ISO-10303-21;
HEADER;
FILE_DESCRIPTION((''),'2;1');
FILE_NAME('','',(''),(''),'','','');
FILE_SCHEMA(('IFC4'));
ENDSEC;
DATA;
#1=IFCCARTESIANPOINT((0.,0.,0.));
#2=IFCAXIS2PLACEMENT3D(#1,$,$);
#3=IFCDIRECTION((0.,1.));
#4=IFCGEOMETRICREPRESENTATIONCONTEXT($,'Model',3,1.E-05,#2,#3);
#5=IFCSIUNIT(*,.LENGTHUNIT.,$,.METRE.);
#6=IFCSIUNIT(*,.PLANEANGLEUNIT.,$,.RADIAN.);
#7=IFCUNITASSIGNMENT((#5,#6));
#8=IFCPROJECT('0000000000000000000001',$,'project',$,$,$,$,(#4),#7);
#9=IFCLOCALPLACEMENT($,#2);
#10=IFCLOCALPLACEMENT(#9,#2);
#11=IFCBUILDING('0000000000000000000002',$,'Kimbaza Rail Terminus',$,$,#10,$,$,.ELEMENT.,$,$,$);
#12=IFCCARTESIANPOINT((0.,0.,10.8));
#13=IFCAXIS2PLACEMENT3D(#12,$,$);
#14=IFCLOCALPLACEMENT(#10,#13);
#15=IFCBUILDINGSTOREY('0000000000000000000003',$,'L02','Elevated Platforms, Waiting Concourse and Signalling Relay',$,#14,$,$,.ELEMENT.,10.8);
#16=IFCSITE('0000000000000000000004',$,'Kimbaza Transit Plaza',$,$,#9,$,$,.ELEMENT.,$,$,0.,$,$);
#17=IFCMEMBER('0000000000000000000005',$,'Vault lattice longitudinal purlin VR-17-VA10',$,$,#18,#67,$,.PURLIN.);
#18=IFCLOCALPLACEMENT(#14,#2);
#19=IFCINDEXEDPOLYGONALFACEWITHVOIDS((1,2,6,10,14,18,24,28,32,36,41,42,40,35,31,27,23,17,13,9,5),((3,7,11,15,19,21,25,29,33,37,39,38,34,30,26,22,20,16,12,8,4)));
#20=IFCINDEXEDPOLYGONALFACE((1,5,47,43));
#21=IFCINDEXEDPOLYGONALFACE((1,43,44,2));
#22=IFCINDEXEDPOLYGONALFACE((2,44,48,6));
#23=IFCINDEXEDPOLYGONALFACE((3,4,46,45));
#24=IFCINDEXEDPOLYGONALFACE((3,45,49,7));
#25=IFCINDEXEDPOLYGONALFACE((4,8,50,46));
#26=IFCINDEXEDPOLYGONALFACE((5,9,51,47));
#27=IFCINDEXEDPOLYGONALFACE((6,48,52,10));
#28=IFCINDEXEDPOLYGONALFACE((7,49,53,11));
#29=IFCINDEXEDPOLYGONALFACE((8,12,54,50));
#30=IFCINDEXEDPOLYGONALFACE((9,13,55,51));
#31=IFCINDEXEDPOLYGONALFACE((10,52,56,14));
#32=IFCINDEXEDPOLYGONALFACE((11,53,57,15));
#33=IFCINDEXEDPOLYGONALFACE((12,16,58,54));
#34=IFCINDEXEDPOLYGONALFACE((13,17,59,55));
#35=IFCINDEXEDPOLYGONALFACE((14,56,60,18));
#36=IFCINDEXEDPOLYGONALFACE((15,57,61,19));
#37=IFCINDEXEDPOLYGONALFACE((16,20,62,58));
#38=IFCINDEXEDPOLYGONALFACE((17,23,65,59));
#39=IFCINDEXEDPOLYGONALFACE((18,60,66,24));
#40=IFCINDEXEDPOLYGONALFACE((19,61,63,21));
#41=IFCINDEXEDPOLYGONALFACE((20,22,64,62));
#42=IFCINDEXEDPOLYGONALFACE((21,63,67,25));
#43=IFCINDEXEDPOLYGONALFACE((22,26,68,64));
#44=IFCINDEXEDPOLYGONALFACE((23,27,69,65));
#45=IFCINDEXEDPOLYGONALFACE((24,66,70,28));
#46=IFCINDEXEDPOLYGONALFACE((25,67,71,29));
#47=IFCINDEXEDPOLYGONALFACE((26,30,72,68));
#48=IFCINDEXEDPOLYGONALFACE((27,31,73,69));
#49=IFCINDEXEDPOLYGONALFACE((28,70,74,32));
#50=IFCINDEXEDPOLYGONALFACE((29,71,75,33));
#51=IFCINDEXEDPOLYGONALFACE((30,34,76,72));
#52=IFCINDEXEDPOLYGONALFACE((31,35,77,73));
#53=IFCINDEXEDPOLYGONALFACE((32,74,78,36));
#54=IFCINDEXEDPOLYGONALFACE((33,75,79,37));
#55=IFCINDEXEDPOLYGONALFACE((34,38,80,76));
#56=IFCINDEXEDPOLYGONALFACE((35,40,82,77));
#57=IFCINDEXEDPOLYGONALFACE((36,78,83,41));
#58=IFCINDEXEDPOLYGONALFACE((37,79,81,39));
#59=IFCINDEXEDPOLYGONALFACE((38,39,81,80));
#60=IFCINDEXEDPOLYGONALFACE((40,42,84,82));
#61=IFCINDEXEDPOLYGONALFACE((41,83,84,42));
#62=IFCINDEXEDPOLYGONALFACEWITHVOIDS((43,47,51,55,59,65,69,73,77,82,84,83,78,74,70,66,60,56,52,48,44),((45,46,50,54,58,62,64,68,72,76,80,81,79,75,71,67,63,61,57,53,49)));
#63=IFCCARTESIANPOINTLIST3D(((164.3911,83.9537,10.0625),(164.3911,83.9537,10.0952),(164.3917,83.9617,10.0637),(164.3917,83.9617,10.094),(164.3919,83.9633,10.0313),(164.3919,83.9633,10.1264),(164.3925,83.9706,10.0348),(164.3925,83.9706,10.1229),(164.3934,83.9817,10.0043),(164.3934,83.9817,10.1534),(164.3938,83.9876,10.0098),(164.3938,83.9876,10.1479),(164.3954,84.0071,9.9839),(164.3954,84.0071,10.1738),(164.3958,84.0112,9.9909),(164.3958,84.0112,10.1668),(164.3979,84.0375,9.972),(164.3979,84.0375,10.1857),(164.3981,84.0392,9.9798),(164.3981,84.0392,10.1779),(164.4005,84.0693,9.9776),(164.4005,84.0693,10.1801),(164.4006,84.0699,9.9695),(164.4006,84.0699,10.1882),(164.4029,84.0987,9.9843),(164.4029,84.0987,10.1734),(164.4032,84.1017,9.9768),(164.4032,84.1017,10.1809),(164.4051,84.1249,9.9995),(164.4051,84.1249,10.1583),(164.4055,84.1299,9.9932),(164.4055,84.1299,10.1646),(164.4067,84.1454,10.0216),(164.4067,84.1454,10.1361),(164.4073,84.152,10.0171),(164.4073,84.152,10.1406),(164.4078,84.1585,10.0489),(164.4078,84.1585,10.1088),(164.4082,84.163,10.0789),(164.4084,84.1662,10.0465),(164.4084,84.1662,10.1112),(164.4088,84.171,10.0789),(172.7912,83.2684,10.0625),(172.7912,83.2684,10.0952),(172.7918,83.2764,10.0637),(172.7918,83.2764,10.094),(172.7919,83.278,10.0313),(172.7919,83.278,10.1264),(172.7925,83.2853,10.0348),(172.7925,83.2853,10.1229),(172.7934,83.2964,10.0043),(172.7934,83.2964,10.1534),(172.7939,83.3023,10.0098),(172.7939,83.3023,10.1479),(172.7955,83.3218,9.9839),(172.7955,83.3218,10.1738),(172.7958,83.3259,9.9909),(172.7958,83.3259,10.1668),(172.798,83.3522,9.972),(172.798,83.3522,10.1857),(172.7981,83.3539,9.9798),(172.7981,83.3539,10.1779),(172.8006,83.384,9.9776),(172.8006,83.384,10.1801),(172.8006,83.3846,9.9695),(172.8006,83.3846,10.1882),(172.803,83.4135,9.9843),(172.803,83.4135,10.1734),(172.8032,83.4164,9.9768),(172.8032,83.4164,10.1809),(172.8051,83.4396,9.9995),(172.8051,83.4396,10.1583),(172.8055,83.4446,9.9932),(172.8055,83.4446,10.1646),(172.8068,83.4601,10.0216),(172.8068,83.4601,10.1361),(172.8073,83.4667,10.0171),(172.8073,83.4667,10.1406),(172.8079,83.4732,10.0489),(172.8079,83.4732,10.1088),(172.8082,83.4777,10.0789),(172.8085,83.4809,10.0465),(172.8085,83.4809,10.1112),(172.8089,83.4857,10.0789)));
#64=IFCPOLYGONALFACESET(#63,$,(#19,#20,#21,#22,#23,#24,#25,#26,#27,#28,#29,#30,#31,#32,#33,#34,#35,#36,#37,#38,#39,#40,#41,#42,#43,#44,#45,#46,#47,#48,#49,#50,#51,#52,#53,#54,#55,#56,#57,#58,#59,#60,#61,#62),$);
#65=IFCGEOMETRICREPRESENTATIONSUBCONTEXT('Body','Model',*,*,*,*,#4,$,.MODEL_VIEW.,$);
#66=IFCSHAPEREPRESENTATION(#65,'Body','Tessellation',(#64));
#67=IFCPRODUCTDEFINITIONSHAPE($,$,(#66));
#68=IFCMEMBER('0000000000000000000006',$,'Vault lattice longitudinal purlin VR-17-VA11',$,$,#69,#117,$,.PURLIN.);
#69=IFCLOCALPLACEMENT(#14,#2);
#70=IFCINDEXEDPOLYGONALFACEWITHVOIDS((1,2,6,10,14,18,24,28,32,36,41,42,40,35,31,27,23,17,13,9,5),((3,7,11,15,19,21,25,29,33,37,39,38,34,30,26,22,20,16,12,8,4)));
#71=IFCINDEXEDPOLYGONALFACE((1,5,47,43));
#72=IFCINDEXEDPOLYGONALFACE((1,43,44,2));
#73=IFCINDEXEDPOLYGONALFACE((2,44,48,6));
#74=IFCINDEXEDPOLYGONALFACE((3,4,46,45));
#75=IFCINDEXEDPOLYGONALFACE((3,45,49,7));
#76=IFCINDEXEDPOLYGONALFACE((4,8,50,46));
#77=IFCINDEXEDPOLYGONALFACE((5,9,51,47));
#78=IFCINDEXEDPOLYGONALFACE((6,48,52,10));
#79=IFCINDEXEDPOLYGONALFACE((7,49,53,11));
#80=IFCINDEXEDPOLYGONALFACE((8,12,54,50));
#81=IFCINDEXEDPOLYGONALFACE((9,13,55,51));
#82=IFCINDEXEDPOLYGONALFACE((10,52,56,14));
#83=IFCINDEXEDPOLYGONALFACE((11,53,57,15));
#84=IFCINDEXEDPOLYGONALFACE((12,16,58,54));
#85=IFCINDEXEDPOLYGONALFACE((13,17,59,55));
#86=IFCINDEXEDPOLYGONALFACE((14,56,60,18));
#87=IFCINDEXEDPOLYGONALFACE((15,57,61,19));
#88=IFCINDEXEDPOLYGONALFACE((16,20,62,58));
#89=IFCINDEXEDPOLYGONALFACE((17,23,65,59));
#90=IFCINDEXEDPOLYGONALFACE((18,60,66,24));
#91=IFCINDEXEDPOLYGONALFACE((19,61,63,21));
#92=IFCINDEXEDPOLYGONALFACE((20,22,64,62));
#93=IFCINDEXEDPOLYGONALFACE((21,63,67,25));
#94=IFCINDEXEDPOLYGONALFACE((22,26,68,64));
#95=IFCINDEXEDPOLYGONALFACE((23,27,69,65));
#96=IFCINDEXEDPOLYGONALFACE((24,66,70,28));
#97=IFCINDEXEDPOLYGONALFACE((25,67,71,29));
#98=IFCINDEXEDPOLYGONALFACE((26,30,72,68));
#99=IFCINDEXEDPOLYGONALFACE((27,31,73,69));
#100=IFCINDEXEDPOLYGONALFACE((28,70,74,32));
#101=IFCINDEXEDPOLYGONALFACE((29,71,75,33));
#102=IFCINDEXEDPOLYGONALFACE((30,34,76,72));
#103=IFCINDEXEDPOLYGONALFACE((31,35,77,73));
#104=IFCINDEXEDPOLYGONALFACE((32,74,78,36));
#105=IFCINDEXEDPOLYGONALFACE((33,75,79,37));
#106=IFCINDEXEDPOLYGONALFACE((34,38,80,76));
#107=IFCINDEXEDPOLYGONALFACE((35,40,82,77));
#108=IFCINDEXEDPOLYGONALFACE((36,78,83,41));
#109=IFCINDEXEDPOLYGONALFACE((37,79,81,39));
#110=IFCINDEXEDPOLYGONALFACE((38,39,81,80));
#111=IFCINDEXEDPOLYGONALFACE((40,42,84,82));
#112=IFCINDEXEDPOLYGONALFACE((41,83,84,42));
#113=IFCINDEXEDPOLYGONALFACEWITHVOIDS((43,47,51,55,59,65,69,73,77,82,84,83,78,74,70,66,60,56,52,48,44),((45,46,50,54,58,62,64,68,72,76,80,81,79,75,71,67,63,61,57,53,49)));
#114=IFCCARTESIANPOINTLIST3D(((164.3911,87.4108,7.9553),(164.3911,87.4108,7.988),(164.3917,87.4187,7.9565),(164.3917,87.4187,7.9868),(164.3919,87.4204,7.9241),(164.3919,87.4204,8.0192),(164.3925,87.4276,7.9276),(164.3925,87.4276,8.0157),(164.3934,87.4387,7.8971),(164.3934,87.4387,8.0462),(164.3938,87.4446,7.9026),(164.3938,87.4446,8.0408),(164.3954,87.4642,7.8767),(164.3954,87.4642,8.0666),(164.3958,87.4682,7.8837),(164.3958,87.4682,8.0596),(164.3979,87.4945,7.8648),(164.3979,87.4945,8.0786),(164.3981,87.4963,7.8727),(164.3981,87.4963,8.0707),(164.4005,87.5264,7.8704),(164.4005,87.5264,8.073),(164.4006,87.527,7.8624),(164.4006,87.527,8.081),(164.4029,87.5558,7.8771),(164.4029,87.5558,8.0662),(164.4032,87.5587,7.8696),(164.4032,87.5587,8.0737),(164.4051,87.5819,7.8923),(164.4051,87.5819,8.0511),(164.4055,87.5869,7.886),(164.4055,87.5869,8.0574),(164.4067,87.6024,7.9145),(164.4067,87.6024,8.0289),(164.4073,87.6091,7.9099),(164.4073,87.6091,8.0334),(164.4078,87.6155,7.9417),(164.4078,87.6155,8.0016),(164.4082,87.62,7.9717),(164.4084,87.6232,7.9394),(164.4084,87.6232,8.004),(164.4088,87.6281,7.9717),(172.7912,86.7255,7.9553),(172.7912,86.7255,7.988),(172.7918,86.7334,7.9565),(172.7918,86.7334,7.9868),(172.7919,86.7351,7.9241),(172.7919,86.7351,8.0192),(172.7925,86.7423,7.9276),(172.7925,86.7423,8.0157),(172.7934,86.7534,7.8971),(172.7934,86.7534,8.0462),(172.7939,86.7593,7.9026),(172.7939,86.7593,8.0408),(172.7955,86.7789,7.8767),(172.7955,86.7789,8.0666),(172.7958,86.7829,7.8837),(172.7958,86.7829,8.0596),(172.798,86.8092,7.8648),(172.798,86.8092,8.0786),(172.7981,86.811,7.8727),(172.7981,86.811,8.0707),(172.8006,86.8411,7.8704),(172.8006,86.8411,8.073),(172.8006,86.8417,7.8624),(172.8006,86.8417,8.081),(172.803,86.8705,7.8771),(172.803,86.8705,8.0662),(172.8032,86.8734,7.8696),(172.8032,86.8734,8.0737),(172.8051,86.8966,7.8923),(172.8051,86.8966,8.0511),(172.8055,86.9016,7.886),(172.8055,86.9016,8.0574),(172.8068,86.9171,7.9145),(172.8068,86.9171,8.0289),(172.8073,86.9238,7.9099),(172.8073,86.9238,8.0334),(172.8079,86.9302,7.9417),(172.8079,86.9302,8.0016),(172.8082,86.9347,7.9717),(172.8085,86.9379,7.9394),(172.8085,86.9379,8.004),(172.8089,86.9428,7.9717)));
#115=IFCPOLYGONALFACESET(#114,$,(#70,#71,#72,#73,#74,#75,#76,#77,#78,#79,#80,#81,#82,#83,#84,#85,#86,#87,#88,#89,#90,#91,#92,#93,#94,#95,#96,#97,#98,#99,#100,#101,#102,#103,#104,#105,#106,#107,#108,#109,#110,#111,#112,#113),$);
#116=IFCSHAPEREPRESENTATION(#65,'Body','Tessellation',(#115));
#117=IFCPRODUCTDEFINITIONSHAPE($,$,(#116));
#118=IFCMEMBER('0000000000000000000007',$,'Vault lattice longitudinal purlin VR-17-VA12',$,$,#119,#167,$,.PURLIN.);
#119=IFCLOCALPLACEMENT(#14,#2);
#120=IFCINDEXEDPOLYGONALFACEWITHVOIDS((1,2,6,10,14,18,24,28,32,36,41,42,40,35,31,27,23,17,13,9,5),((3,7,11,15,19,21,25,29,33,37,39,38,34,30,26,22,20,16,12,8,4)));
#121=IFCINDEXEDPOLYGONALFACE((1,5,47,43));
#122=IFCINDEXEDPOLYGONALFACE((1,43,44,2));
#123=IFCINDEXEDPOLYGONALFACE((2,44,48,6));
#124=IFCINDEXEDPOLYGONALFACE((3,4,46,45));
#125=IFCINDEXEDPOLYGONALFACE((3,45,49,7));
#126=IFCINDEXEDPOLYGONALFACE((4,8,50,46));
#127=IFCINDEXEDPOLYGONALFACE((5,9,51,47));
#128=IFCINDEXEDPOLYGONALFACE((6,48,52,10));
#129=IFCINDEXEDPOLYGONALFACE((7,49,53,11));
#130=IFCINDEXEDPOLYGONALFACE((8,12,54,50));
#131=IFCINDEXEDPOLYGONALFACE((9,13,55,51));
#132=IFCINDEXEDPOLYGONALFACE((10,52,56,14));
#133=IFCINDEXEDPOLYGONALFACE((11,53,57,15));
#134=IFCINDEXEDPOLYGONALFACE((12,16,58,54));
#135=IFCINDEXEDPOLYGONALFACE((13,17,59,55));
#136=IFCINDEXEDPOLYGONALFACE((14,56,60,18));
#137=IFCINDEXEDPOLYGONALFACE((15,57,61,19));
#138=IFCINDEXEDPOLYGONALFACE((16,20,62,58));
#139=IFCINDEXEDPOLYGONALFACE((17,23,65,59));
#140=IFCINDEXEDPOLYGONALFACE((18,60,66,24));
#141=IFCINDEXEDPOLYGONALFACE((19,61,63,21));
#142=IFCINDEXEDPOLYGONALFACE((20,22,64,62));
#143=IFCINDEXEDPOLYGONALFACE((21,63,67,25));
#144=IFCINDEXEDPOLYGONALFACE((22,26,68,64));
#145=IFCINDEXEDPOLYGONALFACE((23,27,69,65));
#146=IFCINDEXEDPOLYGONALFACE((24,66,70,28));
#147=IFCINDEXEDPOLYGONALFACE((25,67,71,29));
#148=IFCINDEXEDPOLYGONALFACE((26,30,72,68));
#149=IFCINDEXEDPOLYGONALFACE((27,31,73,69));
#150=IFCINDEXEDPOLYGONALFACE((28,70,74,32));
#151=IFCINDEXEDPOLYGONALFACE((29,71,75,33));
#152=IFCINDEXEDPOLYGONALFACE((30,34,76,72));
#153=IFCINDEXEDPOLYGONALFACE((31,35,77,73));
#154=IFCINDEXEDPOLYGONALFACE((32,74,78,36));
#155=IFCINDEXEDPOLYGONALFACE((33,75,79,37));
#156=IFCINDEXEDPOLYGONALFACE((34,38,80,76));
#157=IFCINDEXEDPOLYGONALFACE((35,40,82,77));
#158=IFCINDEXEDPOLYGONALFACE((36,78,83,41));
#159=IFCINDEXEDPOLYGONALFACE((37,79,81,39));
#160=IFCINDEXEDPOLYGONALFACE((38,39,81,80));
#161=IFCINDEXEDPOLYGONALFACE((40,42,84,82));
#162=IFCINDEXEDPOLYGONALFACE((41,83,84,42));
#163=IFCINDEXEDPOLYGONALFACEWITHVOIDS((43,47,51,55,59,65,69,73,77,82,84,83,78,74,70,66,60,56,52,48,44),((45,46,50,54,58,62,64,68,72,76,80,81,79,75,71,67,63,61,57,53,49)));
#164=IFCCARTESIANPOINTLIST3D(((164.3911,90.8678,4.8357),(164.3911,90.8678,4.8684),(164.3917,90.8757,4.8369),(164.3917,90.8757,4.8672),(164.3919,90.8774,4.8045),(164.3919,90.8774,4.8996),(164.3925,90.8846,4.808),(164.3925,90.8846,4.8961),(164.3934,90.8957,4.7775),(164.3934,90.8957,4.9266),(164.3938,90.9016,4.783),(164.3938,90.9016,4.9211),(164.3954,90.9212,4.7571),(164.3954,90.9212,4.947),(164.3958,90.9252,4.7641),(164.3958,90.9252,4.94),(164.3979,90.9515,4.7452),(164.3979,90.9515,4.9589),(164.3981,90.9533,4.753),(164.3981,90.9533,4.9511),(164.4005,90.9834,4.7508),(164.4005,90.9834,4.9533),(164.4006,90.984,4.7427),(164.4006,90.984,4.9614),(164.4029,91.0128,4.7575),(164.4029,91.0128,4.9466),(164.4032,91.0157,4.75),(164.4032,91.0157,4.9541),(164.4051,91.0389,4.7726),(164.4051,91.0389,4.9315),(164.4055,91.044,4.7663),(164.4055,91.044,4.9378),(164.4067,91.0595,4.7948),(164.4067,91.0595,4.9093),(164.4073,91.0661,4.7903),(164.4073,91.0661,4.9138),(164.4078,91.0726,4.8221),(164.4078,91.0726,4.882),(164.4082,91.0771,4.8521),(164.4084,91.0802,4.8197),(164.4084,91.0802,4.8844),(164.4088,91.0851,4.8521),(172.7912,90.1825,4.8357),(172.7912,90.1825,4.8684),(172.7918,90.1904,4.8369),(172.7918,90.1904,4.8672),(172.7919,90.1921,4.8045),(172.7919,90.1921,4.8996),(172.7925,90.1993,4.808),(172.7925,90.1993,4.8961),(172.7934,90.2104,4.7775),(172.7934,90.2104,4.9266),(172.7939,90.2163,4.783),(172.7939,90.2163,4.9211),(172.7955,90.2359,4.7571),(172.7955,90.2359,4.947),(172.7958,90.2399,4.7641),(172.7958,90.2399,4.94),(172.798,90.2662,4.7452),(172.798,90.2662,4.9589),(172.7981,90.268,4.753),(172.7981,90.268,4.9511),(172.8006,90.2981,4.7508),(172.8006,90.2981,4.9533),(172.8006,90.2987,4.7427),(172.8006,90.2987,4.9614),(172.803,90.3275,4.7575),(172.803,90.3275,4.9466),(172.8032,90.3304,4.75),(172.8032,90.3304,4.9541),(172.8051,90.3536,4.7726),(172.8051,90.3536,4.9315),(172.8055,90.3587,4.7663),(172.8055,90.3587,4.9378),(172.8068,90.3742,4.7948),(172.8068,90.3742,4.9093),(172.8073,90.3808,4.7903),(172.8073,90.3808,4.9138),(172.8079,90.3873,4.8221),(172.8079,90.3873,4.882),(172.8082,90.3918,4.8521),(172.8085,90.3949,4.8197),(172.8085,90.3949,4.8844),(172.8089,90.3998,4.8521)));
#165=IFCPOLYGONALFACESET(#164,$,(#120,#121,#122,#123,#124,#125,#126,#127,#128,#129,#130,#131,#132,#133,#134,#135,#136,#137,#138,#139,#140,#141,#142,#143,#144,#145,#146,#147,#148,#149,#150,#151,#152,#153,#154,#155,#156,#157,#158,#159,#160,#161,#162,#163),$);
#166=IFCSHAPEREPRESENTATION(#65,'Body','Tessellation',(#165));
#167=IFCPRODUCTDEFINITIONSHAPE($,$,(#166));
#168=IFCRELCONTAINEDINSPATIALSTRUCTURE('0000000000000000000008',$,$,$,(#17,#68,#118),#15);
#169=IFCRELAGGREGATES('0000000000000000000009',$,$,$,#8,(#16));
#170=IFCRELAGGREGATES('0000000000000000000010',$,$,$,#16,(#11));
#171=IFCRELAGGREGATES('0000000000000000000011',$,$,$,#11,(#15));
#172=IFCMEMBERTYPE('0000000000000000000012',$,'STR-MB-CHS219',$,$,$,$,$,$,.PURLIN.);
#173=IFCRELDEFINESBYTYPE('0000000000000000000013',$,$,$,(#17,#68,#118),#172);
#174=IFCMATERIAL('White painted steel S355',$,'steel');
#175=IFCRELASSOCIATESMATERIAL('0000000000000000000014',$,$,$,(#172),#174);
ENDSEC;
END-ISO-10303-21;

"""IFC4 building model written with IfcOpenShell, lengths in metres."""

from ifc_helpers import new_model, si_unit, direction, frame, origin, origin_2d, place, context, subcontext, project, spatial, hollow_circle, extrude, material, material_profile, profile_set, type_object, element, save


model = new_model("IFC4")

# Units and contexts
model_context = context("Model", 3, precision=1e-05, world=origin(), true_north=direction((0.0, 1.0)))
body_context = subcontext(model_context, "Body", "Model", "MODEL_VIEW")
ifc_project = project(units=[si_unit("LENGTHUNIT", "METRE"), si_unit("PLANEANGLEUNIT", "RADIAN")], contexts=[model_context])

# Site, building, storey
site_placement = place(None, origin())
site = spatial("IfcSite", under=ifc_project, at=site_placement, Name="Kimbaza Transit Plaza", CompositionType="ELEMENT", RefElevation=0.0)
building_placement = place(site_placement, origin())
building = spatial("IfcBuilding", under=site, at=building_placement, Name="Kimbaza Rail Terminus", CompositionType="ELEMENT")
storey_placement = place(building_placement, frame((0.0, 0.0, 10.8)))
storey = spatial("IfcBuildingStorey", under=building, at=storey_placement, Name="L02", Description="Elevated Platforms, Waiting Concourse and Signalling Relay", CompositionType="ELEMENT", Elevation=10.8)

# Members
ifc_material_1 = material(Name="White painted steel S355", Category="steel")
ifc_material_profile_1 = material_profile(ifc_material_1, hollow_circle(Radius=0.1096, WallThickness=0.0081, at=origin_2d()), Name="CHS 219.1x8")
ifc_profile_set_1 = profile_set([ifc_material_profile_1], Name="White painted steel S355")
member_type_1 = type_object("IfcMemberType", Name="STR-MB-CHS219", PredefinedType="PURLIN", material=ifc_profile_set_1)
for number, where, z_axis, x_axis, name in (
    (1, (164.3999, 84.0618, 10.0789), (0.996689, -0.081312, 0.0), (0.081312, 0.996689, 0.0), "Vault lattice longitudinal purlin VR-17-VA10"),
    (2, (164.3999, 87.5188, 7.9717), (0.996689, -0.081312, 0.0), (0.081312, 0.996689, 0.0), "Vault lattice longitudinal purlin VR-17-VA11"),
    (3, (164.3999, 90.9758, 4.8521), (0.996689, -0.081312, 0.0), (0.081312, 0.996689, 0.0), "Vault lattice longitudinal purlin VR-17-VA12"),
):
    element("IfcMember", number, at=place(storey_placement, frame(where, z_axis=z_axis, x_axis=x_axis)), inside=storey, type_object=member_type_1, Name=name, PredefinedType="PURLIN", context=body_context, shape_type="SweptSolid", body=[
        extrude(hollow_circle(Radius=0.1096, WallThickness=0.0081, at=origin_2d()), origin(), (0.0, 0.0, 1.0), 8.428),
    ])

save(model, "model.ifc")
